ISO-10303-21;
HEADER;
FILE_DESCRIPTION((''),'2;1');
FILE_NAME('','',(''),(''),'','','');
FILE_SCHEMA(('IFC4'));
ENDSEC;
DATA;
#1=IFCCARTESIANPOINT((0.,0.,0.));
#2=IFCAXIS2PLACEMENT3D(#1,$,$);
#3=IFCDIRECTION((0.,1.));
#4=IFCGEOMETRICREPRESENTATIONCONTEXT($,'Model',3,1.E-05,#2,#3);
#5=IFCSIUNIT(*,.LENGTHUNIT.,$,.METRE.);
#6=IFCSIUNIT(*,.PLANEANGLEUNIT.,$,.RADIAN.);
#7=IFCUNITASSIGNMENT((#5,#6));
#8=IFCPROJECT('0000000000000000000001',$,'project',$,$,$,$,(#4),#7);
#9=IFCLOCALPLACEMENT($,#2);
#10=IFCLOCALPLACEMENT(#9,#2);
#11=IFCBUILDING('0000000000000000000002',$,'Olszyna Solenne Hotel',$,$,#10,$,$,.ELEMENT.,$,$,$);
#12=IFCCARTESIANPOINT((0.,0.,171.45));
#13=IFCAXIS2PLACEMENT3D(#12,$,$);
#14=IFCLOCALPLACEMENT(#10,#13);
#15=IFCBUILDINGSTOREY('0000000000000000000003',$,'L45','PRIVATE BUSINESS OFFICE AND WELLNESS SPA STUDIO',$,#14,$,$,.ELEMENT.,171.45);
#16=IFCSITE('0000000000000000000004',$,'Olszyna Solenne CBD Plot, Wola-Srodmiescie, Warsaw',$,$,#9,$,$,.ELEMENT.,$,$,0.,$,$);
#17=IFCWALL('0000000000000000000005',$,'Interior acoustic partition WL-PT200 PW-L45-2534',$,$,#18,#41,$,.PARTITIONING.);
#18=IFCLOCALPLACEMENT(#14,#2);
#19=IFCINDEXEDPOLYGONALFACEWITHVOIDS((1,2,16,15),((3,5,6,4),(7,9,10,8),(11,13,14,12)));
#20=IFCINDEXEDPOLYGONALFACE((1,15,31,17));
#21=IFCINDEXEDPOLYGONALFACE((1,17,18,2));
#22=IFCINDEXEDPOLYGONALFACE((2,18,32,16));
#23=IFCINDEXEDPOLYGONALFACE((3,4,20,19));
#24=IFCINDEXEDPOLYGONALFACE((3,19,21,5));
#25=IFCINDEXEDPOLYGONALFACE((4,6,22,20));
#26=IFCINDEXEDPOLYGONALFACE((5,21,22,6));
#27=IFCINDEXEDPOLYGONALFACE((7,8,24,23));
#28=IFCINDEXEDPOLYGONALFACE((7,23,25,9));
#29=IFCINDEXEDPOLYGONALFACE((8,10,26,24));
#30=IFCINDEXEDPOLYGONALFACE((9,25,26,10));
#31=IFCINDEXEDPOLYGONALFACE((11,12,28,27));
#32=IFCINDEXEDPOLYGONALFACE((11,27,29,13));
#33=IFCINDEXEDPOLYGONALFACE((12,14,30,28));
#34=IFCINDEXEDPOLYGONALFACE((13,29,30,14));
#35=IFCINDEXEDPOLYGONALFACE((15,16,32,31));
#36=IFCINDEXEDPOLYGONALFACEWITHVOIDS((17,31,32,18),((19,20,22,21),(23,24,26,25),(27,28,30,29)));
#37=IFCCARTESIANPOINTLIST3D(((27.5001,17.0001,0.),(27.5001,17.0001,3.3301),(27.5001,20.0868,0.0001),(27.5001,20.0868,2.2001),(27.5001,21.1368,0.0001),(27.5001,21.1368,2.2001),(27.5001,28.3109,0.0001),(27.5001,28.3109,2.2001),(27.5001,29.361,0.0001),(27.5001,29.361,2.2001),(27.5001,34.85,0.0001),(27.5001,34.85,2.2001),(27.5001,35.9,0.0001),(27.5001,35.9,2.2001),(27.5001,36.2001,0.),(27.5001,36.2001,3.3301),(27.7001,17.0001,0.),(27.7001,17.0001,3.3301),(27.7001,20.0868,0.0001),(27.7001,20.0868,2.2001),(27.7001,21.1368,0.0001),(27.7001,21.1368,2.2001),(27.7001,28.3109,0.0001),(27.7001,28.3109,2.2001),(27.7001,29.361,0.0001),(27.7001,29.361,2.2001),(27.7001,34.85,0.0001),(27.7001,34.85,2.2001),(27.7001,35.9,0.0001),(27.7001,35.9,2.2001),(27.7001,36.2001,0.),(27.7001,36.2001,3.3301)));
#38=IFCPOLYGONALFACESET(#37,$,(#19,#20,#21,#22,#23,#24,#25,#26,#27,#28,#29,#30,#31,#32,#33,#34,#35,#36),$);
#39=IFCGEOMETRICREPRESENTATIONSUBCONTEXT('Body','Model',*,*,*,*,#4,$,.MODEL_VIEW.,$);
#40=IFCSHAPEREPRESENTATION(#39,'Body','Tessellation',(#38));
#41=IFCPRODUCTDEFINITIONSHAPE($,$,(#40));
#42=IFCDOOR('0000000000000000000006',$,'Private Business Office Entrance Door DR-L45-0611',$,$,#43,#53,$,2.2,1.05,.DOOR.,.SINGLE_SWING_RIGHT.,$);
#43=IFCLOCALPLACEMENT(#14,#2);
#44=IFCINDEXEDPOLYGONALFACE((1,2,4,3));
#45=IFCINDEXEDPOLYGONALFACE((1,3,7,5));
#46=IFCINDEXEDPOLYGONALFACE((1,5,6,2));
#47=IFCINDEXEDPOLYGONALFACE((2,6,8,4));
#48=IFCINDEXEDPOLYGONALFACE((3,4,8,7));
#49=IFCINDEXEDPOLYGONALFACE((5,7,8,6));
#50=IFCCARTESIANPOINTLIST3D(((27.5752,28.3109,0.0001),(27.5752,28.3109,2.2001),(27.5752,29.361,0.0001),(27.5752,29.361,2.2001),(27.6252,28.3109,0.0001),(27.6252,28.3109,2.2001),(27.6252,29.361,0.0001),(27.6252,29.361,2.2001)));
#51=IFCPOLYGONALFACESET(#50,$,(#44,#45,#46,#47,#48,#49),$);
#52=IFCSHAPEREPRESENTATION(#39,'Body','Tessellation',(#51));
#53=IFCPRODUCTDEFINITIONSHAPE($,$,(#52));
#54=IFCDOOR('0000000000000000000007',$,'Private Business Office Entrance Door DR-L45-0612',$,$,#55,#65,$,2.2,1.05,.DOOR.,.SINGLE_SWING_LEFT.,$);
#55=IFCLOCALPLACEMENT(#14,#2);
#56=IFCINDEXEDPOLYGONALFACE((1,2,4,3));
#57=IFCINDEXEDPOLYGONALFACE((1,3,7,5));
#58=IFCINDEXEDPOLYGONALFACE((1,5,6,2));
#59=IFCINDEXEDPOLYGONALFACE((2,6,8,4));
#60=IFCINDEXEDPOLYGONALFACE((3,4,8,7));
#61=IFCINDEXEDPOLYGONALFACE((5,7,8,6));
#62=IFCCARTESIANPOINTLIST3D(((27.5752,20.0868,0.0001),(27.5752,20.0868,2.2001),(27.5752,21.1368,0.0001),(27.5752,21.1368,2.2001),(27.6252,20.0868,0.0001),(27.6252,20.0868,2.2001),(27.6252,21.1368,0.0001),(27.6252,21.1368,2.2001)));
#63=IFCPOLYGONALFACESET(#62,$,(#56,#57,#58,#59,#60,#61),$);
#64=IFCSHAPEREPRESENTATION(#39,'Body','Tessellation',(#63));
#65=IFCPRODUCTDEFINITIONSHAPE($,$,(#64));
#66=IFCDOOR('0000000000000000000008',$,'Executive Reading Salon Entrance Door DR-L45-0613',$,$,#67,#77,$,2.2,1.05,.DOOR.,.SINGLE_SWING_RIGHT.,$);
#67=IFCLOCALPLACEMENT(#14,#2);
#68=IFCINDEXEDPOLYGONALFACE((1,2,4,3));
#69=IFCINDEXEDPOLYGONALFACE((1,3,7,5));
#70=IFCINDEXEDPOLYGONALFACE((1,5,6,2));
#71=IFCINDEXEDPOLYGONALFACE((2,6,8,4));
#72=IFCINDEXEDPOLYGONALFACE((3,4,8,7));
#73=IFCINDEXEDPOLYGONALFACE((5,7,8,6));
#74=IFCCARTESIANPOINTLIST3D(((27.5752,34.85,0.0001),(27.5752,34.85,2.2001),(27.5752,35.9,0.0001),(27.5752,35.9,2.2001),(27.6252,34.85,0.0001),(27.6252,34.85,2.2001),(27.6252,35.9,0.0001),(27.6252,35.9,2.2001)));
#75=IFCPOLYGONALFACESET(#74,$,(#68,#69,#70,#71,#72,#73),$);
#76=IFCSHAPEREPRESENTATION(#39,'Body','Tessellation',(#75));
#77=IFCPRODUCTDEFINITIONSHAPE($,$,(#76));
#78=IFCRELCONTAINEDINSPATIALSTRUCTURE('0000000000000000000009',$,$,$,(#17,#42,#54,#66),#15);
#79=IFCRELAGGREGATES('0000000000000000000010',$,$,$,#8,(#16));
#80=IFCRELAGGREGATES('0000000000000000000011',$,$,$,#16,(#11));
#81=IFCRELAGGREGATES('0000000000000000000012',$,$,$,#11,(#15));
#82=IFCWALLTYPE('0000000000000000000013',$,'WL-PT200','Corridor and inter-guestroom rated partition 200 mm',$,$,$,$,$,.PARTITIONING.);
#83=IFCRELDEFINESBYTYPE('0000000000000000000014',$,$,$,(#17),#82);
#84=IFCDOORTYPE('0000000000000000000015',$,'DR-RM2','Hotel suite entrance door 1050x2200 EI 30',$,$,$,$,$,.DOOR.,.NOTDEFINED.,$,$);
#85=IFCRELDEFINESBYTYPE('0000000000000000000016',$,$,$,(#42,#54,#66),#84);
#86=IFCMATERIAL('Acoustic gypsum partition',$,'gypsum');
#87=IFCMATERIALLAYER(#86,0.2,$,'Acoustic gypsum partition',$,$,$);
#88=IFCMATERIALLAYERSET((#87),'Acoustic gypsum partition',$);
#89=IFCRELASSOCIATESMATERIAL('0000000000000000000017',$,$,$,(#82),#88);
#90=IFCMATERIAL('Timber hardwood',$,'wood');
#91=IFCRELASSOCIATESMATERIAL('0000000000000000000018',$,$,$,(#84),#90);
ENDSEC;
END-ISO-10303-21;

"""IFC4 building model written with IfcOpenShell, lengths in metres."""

from ifc_helpers import new_model, si_unit, direction, frame, frame_2d, origin, place, context, subcontext, project, spatial, rectangle, extrude, source, transform, mapped, material, layer, layer_set, type_object, type_shapes, element, fill, save


model = new_model("IFC4")

# Units and contexts
model_context = context("Model", 3, precision=1e-05, world=origin(), true_north=direction((0.0, 1.0)))
body_context = subcontext(model_context, "Body", "Model", "MODEL_VIEW")
ifc_project = project(units=[si_unit("LENGTHUNIT", "METRE"), si_unit("PLANEANGLEUNIT", "RADIAN")], contexts=[model_context])

# Site, building, storey
site_placement = place(None, origin())
site = spatial("IfcSite", under=ifc_project, at=site_placement, Name="Olszyna Solenne CBD Plot, Wola-Srodmiescie, Warsaw", CompositionType="ELEMENT", RefElevation=0.0)
building_placement = place(site_placement, origin())
building = spatial("IfcBuilding", under=site, at=building_placement, Name="Olszyna Solenne Hotel", CompositionType="ELEMENT")
storey_placement = place(building_placement, frame((0.0, 0.0, 171.45)))
storey = spatial("IfcBuildingStorey", under=building, at=storey_placement, Name="L45", Description="PRIVATE BUSINESS OFFICE AND WELLNESS SPA STUDIO", CompositionType="ELEMENT", Elevation=171.45)

# Shared definitions
ifc_material_1 = material(Name="Timber hardwood", Category="wood")

# Shared definitions
ifc_material_2 = material(Name="Acoustic gypsum partition", Category="gypsum")
ifc_layer_1 = layer(ifc_material_2, 0.2, Name="Acoustic gypsum partition")
ifc_layer_set_1 = layer_set([ifc_layer_1], Name="Acoustic gypsum partition")
wall_type_1 = type_object("IfcWallType", Name="WL-PT200", Description="Corridor and inter-guestroom rated partition 200 mm", PredefinedType="PARTITIONING", material=ifc_layer_set_1)

# Wall, openings, doors
door_type_1 = type_object("IfcDoorType", Name="DR-RM2", Description="Hotel suite entrance door 1050x2200 EI 30", OperationType="NOTDEFINED", PredefinedType="DOOR", material=ifc_material_1)
shared_shape_1 = source(origin(), body_context, "Body", "SweptSolid", [
    extrude(rectangle(XDim=1.05, YDim=2.2, at=frame_2d((0.5249, 1.1001))), frame((0.0, 0.0249, 0.0), z_axis=(0.0, -1.0, 0.0), x_axis=(1.0, 0.0, 0.0)), (0.0, 0.0, 1.0), 0.05),
])
type_shapes(door_type_1, [shared_shape_1])
wall_1_placement = place(storey_placement, frame((27.6001, 17.0, 0.0), z_axis=(0.0, 0.0, 1.0), x_axis=(0.0, 1.0, 0.0)))
wall_1 = element("IfcWall", 1, at=wall_1_placement, inside=storey, type_object=wall_type_1, Name="Interior acoustic partition WL-PT200 PW-L45-2534", PredefinedType="PARTITIONING", context=body_context, shape_type="SweptSolid", body=[
    extrude(rectangle(XDim=19.2, YDim=0.2, at=frame_2d((9.6001, 0.0))), origin(), (0.0, 0.0, 1.0), 3.3301),
])
opening_1_placement = place(wall_1_placement, frame((11.311, 0.0, 0.0)))
opening_1 = element("IfcOpeningElement", 2, at=opening_1_placement, cuts=wall_1, PredefinedType="OPENING", context=body_context, shape_type="SweptSolid", body=[
    extrude(rectangle(XDim=1.05, YDim=2.2, at=frame_2d((0.5249, 1.1001))), frame((0.0, 0.1099, 0.0), z_axis=(0.0, -1.0, 0.0), x_axis=(1.0, 0.0, 0.0)), (0.0, 0.0, 1.0), 0.22),
])
opening_2_placement = place(wall_1_placement, frame((3.0869, 0.0, 0.0)))
opening_2 = element("IfcOpeningElement", 3, at=opening_2_placement, cuts=wall_1, PredefinedType="OPENING", context=body_context, shape_type="SweptSolid", body=[
    extrude(rectangle(XDim=1.05, YDim=2.2, at=frame_2d((0.5249, 1.1001))), frame((0.0, 0.1099, 0.0), z_axis=(0.0, -1.0, 0.0), x_axis=(1.0, 0.0, 0.0)), (0.0, 0.0, 1.0), 0.22),
])
opening_3_placement = place(wall_1_placement, frame((17.8501, 0.0, 0.0)))
opening_3 = element("IfcOpeningElement", 4, at=opening_3_placement, cuts=wall_1, PredefinedType="OPENING", context=body_context, shape_type="SweptSolid", body=[
    extrude(rectangle(XDim=1.05, YDim=2.2, at=frame_2d((0.5249, 1.1001))), frame((0.0, 0.1099, 0.0), z_axis=(0.0, -1.0, 0.0), x_axis=(1.0, 0.0, 0.0)), (0.0, 0.0, 1.0), 0.22),
])
door_1_placement = place(opening_1_placement, origin())
door_1 = element("IfcDoor", 5, at=door_1_placement, inside=storey, type_object=door_type_1, Name="Private Business Office Entrance Door DR-L45-0611", OperationType="SINGLE_SWING_RIGHT", OverallHeight=2.2, OverallWidth=1.05, PredefinedType="DOOR", context=body_context, shape_type="MappedRepresentation", body=[
    mapped(shared_shape_1, transform((0.0, 0.0, 0.0), x_axis=(1.0, 0.0, 0.0), y_axis=(0.0, 1.0, 0.0), z_axis=(0.0, 0.0, 1.0), scale=1.0)),
])
fill(opening_1, door_1)
door_2_placement = place(opening_2_placement, origin())
door_2 = element("IfcDoor", 6, at=door_2_placement, inside=storey, type_object=door_type_1, Name="Private Business Office Entrance Door DR-L45-0612", OperationType="SINGLE_SWING_LEFT", OverallHeight=2.2, OverallWidth=1.05, PredefinedType="DOOR", context=body_context, shape_type="MappedRepresentation", body=[
    mapped(shared_shape_1, transform((0.0, 0.0, 0.0), x_axis=(1.0, 0.0, 0.0), y_axis=(0.0, 1.0, 0.0), z_axis=(0.0, 0.0, 1.0), scale=1.0)),
])
fill(opening_2, door_2)
door_3_placement = place(opening_3_placement, origin())
door_3 = element("IfcDoor", 7, at=door_3_placement, inside=storey, type_object=door_type_1, Name="Executive Reading Salon Entrance Door DR-L45-0613", OperationType="SINGLE_SWING_RIGHT", OverallHeight=2.2, OverallWidth=1.05, PredefinedType="DOOR", context=body_context, shape_type="MappedRepresentation", body=[
    mapped(shared_shape_1, transform((0.0, 0.0, 0.0), x_axis=(1.0, 0.0, 0.0), y_axis=(0.0, 1.0, 0.0), z_axis=(0.0, 0.0, 1.0), scale=1.0)),
])
fill(opening_3, door_3)

save(model, "model.ifc")
